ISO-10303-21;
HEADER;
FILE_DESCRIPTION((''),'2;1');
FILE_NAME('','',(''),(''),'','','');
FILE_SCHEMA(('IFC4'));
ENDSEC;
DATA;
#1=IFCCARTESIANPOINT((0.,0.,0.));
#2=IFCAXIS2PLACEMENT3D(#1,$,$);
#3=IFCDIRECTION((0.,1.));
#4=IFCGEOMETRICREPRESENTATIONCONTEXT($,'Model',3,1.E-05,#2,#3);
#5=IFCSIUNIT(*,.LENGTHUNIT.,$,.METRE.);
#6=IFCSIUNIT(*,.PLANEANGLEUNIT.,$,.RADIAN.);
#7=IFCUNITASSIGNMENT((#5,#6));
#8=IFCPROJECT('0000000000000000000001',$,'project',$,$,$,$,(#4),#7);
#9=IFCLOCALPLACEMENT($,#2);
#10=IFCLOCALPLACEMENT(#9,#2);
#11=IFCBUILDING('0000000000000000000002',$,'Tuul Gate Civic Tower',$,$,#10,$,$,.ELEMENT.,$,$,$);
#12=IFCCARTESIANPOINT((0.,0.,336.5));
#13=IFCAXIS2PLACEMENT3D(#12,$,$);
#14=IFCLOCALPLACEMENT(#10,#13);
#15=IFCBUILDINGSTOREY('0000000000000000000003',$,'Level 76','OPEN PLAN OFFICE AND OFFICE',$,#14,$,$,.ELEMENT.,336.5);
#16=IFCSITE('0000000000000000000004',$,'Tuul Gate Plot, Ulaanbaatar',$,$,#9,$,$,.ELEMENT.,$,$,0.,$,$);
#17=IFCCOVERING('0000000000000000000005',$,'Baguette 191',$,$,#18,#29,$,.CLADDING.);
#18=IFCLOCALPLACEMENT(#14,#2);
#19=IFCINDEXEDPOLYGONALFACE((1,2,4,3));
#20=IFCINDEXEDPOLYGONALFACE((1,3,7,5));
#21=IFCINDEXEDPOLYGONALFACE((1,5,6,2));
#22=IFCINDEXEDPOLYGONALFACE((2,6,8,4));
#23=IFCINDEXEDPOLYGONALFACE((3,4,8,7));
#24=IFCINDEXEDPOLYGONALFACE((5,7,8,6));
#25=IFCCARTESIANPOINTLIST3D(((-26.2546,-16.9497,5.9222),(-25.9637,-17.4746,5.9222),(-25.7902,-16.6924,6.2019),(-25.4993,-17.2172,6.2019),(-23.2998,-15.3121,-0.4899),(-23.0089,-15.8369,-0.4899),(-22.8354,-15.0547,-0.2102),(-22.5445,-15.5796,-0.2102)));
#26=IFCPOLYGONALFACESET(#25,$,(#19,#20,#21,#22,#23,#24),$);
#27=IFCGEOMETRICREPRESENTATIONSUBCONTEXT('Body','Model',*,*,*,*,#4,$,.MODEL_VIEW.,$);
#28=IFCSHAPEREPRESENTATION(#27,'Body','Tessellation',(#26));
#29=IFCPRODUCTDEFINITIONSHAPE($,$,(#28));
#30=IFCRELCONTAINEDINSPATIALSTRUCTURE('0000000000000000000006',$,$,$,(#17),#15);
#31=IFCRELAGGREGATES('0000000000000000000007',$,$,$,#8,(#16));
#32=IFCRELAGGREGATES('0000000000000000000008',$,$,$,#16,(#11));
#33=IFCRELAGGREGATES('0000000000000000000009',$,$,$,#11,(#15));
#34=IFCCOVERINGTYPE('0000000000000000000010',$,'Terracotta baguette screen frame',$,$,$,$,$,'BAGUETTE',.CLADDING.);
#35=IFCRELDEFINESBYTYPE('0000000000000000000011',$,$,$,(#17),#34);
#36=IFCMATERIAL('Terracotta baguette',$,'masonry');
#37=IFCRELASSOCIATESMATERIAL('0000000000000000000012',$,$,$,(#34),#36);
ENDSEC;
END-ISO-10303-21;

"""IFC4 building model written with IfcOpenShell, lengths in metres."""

from ifc_helpers import new_model, si_unit, direction, frame, origin, origin_2d, place, context, subcontext, project, spatial, rectangle, extrude, material, material_profile, profile_set, type_object, element, save


model = new_model("IFC4")

# Units and contexts
model_context = context("Model", 3, precision=1e-05, world=origin(), true_north=direction((0.0, 1.0)))
body_context = subcontext(model_context, "Body", "Model", "MODEL_VIEW")
ifc_project = project(units=[si_unit("LENGTHUNIT", "METRE"), si_unit("PLANEANGLEUNIT", "RADIAN")], contexts=[model_context])

# Site, building, storey
site_placement = place(None, origin())
site = spatial("IfcSite", under=ifc_project, at=site_placement, Name="Tuul Gate Plot, Ulaanbaatar", CompositionType="ELEMENT", RefElevation=0.0)
building_placement = place(site_placement, origin())
building = spatial("IfcBuilding", under=site, at=building_placement, Name="Tuul Gate Civic Tower", CompositionType="ELEMENT")
storey_placement = place(building_placement, frame((0.0, 0.0, 336.5)))
storey = spatial("IfcBuildingStorey", under=building, at=storey_placement, Name="Level 76", Description="OPEN PLAN OFFICE AND OFFICE", CompositionType="ELEMENT", Elevation=336.5)

# Covering
ifc_material_1 = material(Name="Terracotta baguette", Category="masonry")
ifc_material_profile_1 = material_profile(ifc_material_1, rectangle(XDim=0.6001, YDim=0.6001, at=origin_2d()), Name="Terracotta baguette screen frame")
ifc_profile_set_1 = profile_set([ifc_material_profile_1], Name="Terracotta baguette")
covering_type = type_object("IfcCoveringType", Name="Terracotta baguette screen frame", ElementType="BAGUETTE", PredefinedType="CLADDING", material=ifc_profile_set_1)
covering_placement = place(storey_placement, frame((-25.877, -17.0835, 6.062), z_axis=(0.407696, 0.225963, -0.884717), x_axis=(-0.484765, 0.874644, 0.0)))
element("IfcCovering", 1, at=covering_placement, inside=storey, type_object=covering_type, Name="Baguette 191", PredefinedType="CLADDING", context=body_context, shape_type="SweptSolid", body=[
    extrude(rectangle(XDim=0.6001, YDim=0.6001, at=origin_2d()), origin(), (0.0, 0.0, 1.0), 7.2476),
])

save(model, "model.ifc")
